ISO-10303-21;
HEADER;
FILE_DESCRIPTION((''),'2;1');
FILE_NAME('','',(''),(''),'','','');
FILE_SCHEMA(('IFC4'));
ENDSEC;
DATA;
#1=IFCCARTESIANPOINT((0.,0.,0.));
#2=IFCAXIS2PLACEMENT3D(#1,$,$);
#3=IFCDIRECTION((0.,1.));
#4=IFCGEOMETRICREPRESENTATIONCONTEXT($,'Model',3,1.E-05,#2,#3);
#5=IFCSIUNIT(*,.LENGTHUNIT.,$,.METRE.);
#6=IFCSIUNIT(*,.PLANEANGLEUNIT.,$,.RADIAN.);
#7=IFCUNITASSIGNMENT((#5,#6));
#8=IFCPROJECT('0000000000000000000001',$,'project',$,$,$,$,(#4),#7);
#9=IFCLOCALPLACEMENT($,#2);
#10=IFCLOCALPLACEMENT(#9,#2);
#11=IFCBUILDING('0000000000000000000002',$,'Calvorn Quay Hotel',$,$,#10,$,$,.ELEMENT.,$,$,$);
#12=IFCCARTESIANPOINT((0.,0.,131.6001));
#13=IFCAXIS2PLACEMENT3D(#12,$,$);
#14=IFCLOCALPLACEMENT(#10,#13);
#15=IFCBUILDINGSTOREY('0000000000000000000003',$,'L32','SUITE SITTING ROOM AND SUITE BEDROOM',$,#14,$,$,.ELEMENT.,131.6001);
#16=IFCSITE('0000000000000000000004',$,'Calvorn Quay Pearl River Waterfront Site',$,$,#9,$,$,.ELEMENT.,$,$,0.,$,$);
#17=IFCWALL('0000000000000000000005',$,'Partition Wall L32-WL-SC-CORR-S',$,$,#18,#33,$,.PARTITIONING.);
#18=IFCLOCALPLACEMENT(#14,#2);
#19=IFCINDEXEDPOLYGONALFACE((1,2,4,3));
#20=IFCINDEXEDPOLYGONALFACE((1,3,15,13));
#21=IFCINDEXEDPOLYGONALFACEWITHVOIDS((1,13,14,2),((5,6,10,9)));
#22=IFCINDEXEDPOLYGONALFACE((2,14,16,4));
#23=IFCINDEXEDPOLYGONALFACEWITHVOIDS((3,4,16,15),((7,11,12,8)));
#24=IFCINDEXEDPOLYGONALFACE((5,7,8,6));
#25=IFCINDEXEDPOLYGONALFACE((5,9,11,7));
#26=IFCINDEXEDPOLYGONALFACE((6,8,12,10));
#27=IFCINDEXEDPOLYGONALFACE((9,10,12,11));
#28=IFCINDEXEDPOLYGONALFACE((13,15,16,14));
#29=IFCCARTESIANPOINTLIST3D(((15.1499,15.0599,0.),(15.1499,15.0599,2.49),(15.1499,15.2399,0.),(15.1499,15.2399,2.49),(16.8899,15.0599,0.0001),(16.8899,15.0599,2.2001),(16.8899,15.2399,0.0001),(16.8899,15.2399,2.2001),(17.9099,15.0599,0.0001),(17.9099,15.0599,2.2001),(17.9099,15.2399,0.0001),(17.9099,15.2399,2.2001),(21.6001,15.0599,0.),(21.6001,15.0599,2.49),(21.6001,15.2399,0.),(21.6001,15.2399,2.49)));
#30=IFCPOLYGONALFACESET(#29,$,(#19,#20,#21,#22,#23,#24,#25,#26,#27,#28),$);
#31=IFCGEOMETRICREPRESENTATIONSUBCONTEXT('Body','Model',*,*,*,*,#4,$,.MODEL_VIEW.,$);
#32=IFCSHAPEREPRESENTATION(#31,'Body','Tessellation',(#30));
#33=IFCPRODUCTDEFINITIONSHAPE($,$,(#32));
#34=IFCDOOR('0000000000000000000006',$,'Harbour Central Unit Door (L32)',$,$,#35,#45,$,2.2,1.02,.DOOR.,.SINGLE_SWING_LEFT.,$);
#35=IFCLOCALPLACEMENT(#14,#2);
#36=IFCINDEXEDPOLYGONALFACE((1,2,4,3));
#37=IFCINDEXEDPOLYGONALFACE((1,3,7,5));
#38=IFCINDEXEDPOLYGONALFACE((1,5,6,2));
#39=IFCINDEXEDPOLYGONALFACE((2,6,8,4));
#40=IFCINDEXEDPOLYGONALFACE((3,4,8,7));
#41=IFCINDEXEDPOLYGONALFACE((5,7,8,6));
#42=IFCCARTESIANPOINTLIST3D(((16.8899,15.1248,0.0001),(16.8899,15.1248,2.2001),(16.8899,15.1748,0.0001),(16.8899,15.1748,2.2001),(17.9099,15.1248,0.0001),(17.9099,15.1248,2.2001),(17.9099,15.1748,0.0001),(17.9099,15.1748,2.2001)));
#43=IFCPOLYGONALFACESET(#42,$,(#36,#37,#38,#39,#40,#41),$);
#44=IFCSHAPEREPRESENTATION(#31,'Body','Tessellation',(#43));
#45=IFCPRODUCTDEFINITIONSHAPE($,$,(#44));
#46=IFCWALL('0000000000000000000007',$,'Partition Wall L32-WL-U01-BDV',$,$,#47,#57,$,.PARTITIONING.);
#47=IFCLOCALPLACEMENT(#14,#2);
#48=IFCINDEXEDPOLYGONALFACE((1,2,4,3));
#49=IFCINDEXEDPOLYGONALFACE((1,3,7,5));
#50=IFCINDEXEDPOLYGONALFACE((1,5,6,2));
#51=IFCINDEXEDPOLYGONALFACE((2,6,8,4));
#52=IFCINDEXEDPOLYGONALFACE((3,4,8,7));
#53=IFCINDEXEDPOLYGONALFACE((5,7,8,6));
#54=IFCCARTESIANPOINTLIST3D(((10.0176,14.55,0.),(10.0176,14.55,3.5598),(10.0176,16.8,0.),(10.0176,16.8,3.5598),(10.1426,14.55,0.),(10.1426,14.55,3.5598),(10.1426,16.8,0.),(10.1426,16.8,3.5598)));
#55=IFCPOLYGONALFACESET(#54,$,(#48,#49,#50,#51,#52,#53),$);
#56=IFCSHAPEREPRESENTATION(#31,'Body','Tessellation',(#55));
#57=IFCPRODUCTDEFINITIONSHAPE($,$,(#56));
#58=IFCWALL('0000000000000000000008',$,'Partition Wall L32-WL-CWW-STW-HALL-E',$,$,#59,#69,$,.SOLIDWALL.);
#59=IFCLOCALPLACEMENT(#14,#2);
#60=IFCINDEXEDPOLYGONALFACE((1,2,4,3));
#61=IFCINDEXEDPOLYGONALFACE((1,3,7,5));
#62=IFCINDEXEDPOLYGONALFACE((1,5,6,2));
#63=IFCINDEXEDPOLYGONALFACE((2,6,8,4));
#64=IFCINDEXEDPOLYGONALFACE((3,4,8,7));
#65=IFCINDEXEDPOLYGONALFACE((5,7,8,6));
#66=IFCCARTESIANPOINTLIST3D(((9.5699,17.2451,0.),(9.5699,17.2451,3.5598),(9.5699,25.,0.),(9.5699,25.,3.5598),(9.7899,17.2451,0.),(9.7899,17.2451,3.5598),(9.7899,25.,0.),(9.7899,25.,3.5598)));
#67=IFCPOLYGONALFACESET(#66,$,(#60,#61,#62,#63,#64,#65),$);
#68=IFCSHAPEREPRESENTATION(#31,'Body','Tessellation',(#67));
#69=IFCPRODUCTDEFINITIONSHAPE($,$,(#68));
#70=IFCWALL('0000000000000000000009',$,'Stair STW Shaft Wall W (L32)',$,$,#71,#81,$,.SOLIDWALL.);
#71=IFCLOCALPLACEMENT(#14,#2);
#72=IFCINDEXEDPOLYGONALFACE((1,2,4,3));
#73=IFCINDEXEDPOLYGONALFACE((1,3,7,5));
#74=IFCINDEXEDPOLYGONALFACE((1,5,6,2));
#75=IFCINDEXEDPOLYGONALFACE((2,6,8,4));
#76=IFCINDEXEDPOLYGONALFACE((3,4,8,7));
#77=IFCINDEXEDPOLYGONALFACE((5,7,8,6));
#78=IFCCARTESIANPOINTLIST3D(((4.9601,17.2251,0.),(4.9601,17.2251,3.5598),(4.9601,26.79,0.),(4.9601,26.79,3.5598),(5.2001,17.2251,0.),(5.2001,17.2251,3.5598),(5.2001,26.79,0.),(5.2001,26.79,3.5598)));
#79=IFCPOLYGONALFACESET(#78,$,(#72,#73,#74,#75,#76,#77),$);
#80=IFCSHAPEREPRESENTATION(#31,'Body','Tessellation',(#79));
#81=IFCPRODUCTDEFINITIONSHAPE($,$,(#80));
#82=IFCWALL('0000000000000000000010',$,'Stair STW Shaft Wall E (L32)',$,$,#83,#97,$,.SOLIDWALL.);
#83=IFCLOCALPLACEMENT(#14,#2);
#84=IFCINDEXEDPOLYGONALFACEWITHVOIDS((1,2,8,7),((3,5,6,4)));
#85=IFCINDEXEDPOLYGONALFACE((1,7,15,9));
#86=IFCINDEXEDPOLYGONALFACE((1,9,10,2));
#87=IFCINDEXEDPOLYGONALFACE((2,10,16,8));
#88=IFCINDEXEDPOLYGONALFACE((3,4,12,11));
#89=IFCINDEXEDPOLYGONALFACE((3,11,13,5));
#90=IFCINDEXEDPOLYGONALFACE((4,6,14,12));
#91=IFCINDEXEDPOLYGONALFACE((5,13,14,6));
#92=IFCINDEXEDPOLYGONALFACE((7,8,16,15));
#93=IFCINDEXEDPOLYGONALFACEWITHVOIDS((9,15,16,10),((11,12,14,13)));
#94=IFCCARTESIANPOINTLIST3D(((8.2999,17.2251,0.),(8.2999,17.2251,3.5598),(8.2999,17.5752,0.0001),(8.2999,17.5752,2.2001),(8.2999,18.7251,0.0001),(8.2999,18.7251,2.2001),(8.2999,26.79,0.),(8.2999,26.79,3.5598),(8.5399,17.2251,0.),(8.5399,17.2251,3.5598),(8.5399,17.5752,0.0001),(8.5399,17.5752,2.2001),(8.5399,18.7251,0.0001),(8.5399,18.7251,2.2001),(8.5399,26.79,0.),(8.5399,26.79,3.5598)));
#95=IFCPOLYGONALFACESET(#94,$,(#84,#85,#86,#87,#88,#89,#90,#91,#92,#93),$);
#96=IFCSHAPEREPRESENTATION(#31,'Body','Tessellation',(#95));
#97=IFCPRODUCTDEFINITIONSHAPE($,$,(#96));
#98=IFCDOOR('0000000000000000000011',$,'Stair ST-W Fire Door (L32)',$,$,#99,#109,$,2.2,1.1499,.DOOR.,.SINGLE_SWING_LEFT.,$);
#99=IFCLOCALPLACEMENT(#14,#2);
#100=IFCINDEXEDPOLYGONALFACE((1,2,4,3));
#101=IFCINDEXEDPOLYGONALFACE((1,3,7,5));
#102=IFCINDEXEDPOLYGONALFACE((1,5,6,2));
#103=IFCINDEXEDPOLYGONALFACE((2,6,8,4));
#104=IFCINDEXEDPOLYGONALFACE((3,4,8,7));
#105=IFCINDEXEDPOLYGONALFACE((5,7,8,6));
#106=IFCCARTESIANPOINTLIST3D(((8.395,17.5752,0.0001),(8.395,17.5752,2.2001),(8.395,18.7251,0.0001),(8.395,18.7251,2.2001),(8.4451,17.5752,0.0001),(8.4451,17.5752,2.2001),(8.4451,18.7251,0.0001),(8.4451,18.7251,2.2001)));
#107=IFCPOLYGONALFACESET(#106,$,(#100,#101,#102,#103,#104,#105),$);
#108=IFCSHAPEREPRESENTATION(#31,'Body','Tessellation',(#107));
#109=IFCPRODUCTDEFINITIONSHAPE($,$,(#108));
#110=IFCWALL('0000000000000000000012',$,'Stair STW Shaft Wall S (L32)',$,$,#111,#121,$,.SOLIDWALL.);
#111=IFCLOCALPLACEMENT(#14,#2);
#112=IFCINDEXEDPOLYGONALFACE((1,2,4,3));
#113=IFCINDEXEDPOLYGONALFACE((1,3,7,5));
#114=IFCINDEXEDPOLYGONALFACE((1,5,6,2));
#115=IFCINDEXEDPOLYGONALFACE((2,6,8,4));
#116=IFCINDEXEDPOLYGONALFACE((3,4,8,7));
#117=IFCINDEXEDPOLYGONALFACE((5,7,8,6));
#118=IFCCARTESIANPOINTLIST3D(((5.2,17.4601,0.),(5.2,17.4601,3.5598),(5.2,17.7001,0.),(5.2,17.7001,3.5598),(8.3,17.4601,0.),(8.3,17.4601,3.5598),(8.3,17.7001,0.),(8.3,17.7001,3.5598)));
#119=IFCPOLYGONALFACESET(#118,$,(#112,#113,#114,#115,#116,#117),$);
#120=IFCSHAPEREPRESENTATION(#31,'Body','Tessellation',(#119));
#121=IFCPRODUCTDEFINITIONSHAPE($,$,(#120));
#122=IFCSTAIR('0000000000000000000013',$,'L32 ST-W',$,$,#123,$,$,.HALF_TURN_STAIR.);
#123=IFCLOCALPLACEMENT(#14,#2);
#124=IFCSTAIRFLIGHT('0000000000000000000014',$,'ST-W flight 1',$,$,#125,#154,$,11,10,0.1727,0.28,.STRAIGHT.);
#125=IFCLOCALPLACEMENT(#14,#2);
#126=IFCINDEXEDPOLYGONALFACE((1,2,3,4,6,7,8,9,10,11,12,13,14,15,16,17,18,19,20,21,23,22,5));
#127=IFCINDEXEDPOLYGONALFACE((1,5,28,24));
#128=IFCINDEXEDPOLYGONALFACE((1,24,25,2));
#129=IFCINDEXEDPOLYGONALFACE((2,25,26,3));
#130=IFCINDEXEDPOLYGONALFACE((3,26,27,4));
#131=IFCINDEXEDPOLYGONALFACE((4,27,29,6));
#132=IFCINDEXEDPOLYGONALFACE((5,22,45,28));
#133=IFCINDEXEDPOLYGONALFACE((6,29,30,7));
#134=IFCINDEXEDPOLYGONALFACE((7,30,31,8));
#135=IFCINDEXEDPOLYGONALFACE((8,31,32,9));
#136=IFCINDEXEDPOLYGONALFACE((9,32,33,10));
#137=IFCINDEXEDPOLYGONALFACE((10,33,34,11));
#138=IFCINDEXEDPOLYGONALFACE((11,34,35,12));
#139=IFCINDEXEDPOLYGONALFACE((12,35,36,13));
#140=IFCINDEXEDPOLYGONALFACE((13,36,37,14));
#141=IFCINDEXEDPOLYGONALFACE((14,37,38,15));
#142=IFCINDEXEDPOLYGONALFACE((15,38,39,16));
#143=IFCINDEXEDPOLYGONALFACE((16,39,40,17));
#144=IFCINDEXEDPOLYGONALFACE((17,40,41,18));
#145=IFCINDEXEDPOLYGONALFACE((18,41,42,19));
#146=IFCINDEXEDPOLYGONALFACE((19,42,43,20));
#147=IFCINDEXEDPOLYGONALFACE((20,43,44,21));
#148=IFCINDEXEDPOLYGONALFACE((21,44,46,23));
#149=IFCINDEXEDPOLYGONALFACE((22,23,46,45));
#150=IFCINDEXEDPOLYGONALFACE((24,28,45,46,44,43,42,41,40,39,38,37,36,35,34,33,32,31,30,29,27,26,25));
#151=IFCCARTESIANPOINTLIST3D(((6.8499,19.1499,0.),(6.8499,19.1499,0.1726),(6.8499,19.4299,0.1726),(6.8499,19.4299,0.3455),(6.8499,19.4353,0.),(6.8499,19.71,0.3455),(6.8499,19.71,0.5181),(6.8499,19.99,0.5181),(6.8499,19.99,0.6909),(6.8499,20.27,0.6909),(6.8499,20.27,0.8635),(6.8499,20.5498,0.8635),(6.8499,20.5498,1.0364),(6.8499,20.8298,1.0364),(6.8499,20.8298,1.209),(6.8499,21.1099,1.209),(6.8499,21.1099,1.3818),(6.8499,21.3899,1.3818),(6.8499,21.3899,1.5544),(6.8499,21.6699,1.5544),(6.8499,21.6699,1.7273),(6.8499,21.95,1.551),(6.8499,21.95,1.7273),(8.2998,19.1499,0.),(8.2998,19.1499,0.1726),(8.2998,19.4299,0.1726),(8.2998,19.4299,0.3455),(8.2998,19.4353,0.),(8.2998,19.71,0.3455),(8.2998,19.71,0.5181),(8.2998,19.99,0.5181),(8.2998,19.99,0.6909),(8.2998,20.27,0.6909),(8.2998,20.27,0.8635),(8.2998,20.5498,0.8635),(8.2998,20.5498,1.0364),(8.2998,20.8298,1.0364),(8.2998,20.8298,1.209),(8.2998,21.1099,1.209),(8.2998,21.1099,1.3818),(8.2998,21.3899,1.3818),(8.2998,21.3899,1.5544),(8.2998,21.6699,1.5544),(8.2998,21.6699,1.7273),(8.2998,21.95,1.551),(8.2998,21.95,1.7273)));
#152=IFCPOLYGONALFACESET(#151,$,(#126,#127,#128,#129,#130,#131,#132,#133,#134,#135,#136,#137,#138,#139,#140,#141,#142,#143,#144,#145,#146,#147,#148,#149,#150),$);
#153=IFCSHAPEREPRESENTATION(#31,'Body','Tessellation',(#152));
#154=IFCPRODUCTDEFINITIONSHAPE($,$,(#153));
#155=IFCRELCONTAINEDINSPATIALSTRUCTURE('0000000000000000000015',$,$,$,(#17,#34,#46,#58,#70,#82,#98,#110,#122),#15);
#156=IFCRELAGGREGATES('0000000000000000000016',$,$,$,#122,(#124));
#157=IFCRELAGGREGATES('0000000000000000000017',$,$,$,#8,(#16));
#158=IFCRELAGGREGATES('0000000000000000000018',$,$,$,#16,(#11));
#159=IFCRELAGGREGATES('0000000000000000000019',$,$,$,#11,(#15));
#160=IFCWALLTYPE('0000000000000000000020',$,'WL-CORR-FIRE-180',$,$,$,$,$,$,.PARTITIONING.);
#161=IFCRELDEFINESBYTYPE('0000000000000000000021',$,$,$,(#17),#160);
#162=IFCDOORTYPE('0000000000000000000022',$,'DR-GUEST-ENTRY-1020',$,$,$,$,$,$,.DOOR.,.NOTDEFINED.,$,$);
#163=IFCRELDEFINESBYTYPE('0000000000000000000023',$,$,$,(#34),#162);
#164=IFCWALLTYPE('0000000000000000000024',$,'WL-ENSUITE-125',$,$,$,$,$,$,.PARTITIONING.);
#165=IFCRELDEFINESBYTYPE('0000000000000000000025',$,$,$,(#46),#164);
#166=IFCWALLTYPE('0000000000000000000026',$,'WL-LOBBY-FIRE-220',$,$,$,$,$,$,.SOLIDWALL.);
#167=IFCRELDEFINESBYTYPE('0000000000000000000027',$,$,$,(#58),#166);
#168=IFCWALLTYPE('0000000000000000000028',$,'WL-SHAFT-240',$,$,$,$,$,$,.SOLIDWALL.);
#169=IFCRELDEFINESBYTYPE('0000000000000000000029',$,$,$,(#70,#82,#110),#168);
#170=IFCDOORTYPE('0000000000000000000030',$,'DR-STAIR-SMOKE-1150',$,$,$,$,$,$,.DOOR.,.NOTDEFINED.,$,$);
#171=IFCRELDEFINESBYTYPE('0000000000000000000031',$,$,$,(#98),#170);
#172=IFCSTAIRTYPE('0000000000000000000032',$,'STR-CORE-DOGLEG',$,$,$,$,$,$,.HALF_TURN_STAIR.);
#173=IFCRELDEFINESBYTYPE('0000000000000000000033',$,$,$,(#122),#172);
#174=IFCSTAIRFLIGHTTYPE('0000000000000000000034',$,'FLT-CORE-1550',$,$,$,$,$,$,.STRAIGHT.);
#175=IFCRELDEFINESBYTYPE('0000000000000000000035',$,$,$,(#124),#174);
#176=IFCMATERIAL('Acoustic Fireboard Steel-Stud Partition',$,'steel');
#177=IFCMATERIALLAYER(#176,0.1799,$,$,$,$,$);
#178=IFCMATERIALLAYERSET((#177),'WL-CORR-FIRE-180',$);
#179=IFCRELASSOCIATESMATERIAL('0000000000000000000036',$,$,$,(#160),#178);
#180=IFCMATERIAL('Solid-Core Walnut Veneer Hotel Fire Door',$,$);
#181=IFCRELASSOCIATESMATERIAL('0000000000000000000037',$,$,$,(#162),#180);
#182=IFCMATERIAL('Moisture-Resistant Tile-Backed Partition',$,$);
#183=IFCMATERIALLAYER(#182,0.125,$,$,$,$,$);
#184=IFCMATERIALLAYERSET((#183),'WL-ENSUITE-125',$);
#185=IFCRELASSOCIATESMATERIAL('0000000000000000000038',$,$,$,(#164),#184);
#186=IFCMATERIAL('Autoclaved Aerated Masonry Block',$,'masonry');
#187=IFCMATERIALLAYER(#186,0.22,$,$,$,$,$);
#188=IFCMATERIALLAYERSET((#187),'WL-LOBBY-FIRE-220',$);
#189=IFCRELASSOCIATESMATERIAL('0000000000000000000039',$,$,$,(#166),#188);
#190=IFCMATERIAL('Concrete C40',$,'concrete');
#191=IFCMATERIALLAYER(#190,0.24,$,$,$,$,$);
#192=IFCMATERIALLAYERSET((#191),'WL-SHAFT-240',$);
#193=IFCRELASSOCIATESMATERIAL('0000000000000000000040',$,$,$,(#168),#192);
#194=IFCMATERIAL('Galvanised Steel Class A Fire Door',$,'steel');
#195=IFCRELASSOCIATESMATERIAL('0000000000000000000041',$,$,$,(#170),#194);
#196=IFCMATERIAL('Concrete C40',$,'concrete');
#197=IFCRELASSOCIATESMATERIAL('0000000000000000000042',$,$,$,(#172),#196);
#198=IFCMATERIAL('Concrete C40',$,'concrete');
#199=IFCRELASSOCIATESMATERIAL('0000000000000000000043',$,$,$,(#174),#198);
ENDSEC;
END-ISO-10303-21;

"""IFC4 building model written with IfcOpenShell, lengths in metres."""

from ifc_helpers import new_model, si_unit, direction, frame, frame_2d, origin, place, context, subcontext, project, spatial, polyline, rectangle, outline, extrude, material, layer, layer_set, type_object, element, fill, aggregate, save


model = new_model("IFC4")

# Units and contexts
model_context = context("Model", 3, precision=1e-05, world=origin(), true_north=direction((0.0, 1.0)))
body_context = subcontext(model_context, "Body", "Model", "MODEL_VIEW")
ifc_project = project(units=[si_unit("LENGTHUNIT", "METRE"), si_unit("PLANEANGLEUNIT", "RADIAN")], contexts=[model_context])

# Site, building, storey
site_placement = place(None, origin())
site = spatial("IfcSite", under=ifc_project, at=site_placement, Name="Calvorn Quay Pearl River Waterfront Site", CompositionType="ELEMENT", RefElevation=0.0)
building_placement = place(site_placement, origin())
building = spatial("IfcBuilding", under=site, at=building_placement, Name="Calvorn Quay Hotel", CompositionType="ELEMENT")
storey_placement = place(building_placement, frame((0.0, 0.0, 131.6001)))
storey = spatial("IfcBuildingStorey", under=building, at=storey_placement, Name="L32", Description="SUITE SITTING ROOM AND SUITE BEDROOM", CompositionType="ELEMENT", Elevation=131.6001)

# Wall, opening, door
ifc_material_1 = material(Name="Acoustic Fireboard Steel-Stud Partition", Category="steel")
ifc_layer_1 = layer(ifc_material_1, 0.1799)
ifc_layer_set_1 = layer_set([ifc_layer_1], Name="WL-CORR-FIRE-180")
wall_type_1 = type_object("IfcWallType", Name="WL-CORR-FIRE-180", PredefinedType="PARTITIONING", material=ifc_layer_set_1)
wall_1_placement = place(storey_placement, frame((15.1499, 15.1499, 0.0), z_axis=(0.0, 0.0, 1.0), x_axis=(1.0, 0.0, 0.0)))
wall_1 = element("IfcWall", 1, at=wall_1_placement, inside=storey, type_object=wall_type_1, Name="Partition Wall L32-WL-SC-CORR-S", PredefinedType="PARTITIONING", context=body_context, shape_type="SweptSolid", body=[
    extrude(rectangle(XDim=6.4502, YDim=0.1799, at=frame_2d((3.2251, 0.0))), origin(), (0.0, 0.0, 1.0), 2.49),
])
opening_1_placement = place(wall_1_placement, frame((1.74, 0.0, 0.0)))
opening_1 = element("IfcOpeningElement", 2, at=opening_1_placement, cuts=wall_1, PredefinedType="OPENING", context=body_context, shape_type="SweptSolid", body=[
    extrude(rectangle(XDim=1.02, YDim=2.2, at=frame_2d((0.51, 1.1001))), frame((0.0, 0.0999, 0.0), z_axis=(0.0, -1.0, 0.0), x_axis=(1.0, 0.0, 0.0)), (0.0, 0.0, 1.0), 0.2),
])
ifc_material_2 = material(Name="Solid-Core Walnut Veneer Hotel Fire Door")
door_type_1 = type_object("IfcDoorType", Name="DR-GUEST-ENTRY-1020", OperationType="NOTDEFINED", PredefinedType="DOOR", material=ifc_material_2)
door_1_placement = place(opening_1_placement, origin())
door_1 = element("IfcDoor", 3, at=door_1_placement, inside=storey, type_object=door_type_1, Name="Harbour Central Unit Door (L32)", OperationType="SINGLE_SWING_LEFT", OverallHeight=2.2, OverallWidth=1.02, PredefinedType="DOOR", context=body_context, shape_type="SweptSolid", body=[
    extrude(rectangle(XDim=1.02, YDim=2.2, at=frame_2d((0.51, 1.1001))), frame((0.0, 0.0249, 0.0), z_axis=(0.0, -1.0, 0.0), x_axis=(1.0, 0.0, 0.0)), (0.0, 0.0, 1.0), 0.05),
])
fill(opening_1, door_1)

# Wall
ifc_material_3 = material(Name="Moisture-Resistant Tile-Backed Partition")
ifc_layer_2 = layer(ifc_material_3, 0.125)
ifc_layer_set_2 = layer_set([ifc_layer_2], Name="WL-ENSUITE-125")
wall_type_2 = type_object("IfcWallType", Name="WL-ENSUITE-125", PredefinedType="PARTITIONING", material=ifc_layer_set_2)
wall_2_placement = place(storey_placement, frame((10.0801, 14.55, 0.0), z_axis=(0.0, 0.0, 1.0), x_axis=(0.0, 1.0, 0.0)))
element("IfcWall", 4, at=wall_2_placement, inside=storey, type_object=wall_type_2, Name="Partition Wall L32-WL-U01-BDV", PredefinedType="PARTITIONING", context=body_context, shape_type="SweptSolid", body=[
    extrude(rectangle(XDim=2.25, YDim=0.125, at=frame_2d((1.125, 0.0))), origin(), (0.0, 0.0, 1.0), 3.5598),
])

# Wall
ifc_material_4 = material(Name="Autoclaved Aerated Masonry Block", Category="masonry")
ifc_layer_3 = layer(ifc_material_4, 0.22)
ifc_layer_set_3 = layer_set([ifc_layer_3], Name="WL-LOBBY-FIRE-220")
wall_type_3 = type_object("IfcWallType", Name="WL-LOBBY-FIRE-220", PredefinedType="SOLIDWALL", material=ifc_layer_set_3)
wall_3_placement = place(storey_placement, frame((9.6799, 17.2451, 0.0), z_axis=(0.0, 0.0, 1.0), x_axis=(0.0, 1.0, 0.0)))
element("IfcWall", 5, at=wall_3_placement, inside=storey, type_object=wall_type_3, Name="Partition Wall L32-WL-CWW-STW-HALL-E", PredefinedType="SOLIDWALL", context=body_context, shape_type="SweptSolid", body=[
    extrude(rectangle(XDim=7.7549, YDim=0.22, at=frame_2d((3.8774, 0.0))), origin(), (0.0, 0.0, 1.0), 3.5598),
])

# Wall
ifc_material_5 = material(Name="Concrete C40", Category="concrete")
ifc_layer_4 = layer(ifc_material_5, 0.24)
ifc_layer_set_4 = layer_set([ifc_layer_4], Name="WL-SHAFT-240")
wall_type_4 = type_object("IfcWallType", Name="WL-SHAFT-240", PredefinedType="SOLIDWALL", material=ifc_layer_set_4)
wall_4_placement = place(storey_placement, frame((5.0801, 17.2251, 0.0), z_axis=(0.0, 0.0, 1.0), x_axis=(0.0, 1.0, 0.0)))
element("IfcWall", 6, at=wall_4_placement, inside=storey, type_object=wall_type_4, Name="Stair STW Shaft Wall W (L32)", PredefinedType="SOLIDWALL", context=body_context, shape_type="SweptSolid", body=[
    extrude(rectangle(XDim=9.5649, YDim=0.24, at=frame_2d((4.7825, 0.0))), origin(), (0.0, 0.0, 1.0), 3.5598),
])

# Wall, opening, door
wall_5_placement = place(storey_placement, frame((8.4199, 17.2251, 0.0), z_axis=(0.0, 0.0, 1.0), x_axis=(0.0, 1.0, 0.0)))
wall_5 = element("IfcWall", 7, at=wall_5_placement, inside=storey, type_object=wall_type_4, Name="Stair STW Shaft Wall E (L32)", PredefinedType="SOLIDWALL", context=body_context, shape_type="SweptSolid", body=[
    extrude(rectangle(XDim=9.5649, YDim=0.24, at=frame_2d((4.7825, 0.0))), origin(), (0.0, 0.0, 1.0), 3.5598),
])
opening_2_placement = place(wall_5_placement, frame((0.3501, 0.0, 0.0)))
opening_2 = element("IfcOpeningElement", 8, at=opening_2_placement, cuts=wall_5, PredefinedType="OPENING", context=body_context, shape_type="SweptSolid", body=[
    extrude(rectangle(XDim=1.1499, YDim=2.2, at=frame_2d((0.575, 1.1001))), frame((0.0, 0.1299, 0.0), z_axis=(0.0, -1.0, 0.0), x_axis=(1.0, 0.0, 0.0)), (0.0, 0.0, 1.0), 0.26),
])
ifc_material_6 = material(Name="Galvanised Steel Class A Fire Door", Category="steel")
door_type_2 = type_object("IfcDoorType", Name="DR-STAIR-SMOKE-1150", OperationType="NOTDEFINED", PredefinedType="DOOR", material=ifc_material_6)
door_2_placement = place(opening_2_placement, origin())
door_2 = element("IfcDoor", 9, at=door_2_placement, inside=storey, type_object=door_type_2, Name="Stair ST-W Fire Door (L32)", OperationType="SINGLE_SWING_LEFT", OverallHeight=2.2, OverallWidth=1.1499, PredefinedType="DOOR", context=body_context, shape_type="SweptSolid", body=[
    extrude(rectangle(XDim=1.1499, YDim=2.2, at=frame_2d((0.575, 1.1001))), frame((0.0, 0.0249, 0.0), z_axis=(0.0, -1.0, 0.0), x_axis=(1.0, 0.0, 0.0)), (0.0, 0.0, 1.0), 0.05),
])
fill(opening_2, door_2)

# Wall
wall_6_placement = place(storey_placement, frame((5.2, 17.5801, 0.0), z_axis=(0.0, 0.0, 1.0), x_axis=(1.0, 0.0, 0.0)))
element("IfcWall", 10, at=wall_6_placement, inside=storey, type_object=wall_type_4, Name="Stair STW Shaft Wall S (L32)", PredefinedType="SOLIDWALL", context=body_context, shape_type="SweptSolid", body=[
    extrude(rectangle(XDim=3.1001, YDim=0.24, at=frame_2d((1.55, 0.0))), origin(), (0.0, 0.0, 1.0), 3.5598),
])

# Stair, stair flight
ifc_material_7 = material(Name="Concrete C40", Category="concrete")
stair_type = type_object("IfcStairType", Name="STR-CORE-DOGLEG", PredefinedType="HALF_TURN_STAIR", material=ifc_material_7)
stair_placement = place(storey_placement, origin())
stair = element("IfcStair", 11, at=stair_placement, inside=storey, type_object=stair_type, Name="L32 ST-W", PredefinedType="HALF_TURN_STAIR")
ifc_material_8 = material(Name="Concrete C40", Category="concrete")
stair_flight_type = type_object("IfcStairFlightType", Name="FLT-CORE-1550", PredefinedType="STRAIGHT", material=ifc_material_8)
stair_flight_1_placement = place(storey_placement, frame((7.575, 19.1499, 0.0), z_axis=(0.0, 0.0, 1.0), x_axis=(0.0, 1.0, 0.0)))
stair_flight_1 = element("IfcStairFlight", 12, at=stair_flight_1_placement, type_object=stair_flight_type, Name="ST-W flight 1", NumberOfRisers=11, NumberOfTreads=10, PredefinedType="STRAIGHT", RiserHeight=0.1727, TreadLength=0.28, context=body_context, shape_type="SweptSolid", body=[
    extrude(outline(polyline([(0.0, 0.0), (0.0, 0.1726), (0.28, 0.1726), (0.28, 0.3455), (0.5601, 0.3455), (0.5601, 0.5181), (0.8401, 0.5181), (0.8401, 0.6909), (1.1201, 0.6909), (1.1201, 0.8635), (1.3999, 0.8635), (1.3999, 1.0364), (1.6799, 1.0364), (1.6799, 1.209), (1.96, 1.209), (1.96, 1.3818), (2.24, 1.3818), (2.24, 1.5544), (2.52, 1.5544), (2.52, 1.7273), (2.8, 1.7273), (2.8, 1.8999), (2.8, 1.551), (0.2854, 0.0), (0.0, 0.0)])), frame((0.0, 0.7251, 0.0), z_axis=(0.0, -1.0, 0.0), x_axis=(1.0, 0.0, 0.0)), (0.0, 0.0, 1.0), 1.45),
])
aggregate(stair, [stair_flight_1])

save(model, "model.ifc")
